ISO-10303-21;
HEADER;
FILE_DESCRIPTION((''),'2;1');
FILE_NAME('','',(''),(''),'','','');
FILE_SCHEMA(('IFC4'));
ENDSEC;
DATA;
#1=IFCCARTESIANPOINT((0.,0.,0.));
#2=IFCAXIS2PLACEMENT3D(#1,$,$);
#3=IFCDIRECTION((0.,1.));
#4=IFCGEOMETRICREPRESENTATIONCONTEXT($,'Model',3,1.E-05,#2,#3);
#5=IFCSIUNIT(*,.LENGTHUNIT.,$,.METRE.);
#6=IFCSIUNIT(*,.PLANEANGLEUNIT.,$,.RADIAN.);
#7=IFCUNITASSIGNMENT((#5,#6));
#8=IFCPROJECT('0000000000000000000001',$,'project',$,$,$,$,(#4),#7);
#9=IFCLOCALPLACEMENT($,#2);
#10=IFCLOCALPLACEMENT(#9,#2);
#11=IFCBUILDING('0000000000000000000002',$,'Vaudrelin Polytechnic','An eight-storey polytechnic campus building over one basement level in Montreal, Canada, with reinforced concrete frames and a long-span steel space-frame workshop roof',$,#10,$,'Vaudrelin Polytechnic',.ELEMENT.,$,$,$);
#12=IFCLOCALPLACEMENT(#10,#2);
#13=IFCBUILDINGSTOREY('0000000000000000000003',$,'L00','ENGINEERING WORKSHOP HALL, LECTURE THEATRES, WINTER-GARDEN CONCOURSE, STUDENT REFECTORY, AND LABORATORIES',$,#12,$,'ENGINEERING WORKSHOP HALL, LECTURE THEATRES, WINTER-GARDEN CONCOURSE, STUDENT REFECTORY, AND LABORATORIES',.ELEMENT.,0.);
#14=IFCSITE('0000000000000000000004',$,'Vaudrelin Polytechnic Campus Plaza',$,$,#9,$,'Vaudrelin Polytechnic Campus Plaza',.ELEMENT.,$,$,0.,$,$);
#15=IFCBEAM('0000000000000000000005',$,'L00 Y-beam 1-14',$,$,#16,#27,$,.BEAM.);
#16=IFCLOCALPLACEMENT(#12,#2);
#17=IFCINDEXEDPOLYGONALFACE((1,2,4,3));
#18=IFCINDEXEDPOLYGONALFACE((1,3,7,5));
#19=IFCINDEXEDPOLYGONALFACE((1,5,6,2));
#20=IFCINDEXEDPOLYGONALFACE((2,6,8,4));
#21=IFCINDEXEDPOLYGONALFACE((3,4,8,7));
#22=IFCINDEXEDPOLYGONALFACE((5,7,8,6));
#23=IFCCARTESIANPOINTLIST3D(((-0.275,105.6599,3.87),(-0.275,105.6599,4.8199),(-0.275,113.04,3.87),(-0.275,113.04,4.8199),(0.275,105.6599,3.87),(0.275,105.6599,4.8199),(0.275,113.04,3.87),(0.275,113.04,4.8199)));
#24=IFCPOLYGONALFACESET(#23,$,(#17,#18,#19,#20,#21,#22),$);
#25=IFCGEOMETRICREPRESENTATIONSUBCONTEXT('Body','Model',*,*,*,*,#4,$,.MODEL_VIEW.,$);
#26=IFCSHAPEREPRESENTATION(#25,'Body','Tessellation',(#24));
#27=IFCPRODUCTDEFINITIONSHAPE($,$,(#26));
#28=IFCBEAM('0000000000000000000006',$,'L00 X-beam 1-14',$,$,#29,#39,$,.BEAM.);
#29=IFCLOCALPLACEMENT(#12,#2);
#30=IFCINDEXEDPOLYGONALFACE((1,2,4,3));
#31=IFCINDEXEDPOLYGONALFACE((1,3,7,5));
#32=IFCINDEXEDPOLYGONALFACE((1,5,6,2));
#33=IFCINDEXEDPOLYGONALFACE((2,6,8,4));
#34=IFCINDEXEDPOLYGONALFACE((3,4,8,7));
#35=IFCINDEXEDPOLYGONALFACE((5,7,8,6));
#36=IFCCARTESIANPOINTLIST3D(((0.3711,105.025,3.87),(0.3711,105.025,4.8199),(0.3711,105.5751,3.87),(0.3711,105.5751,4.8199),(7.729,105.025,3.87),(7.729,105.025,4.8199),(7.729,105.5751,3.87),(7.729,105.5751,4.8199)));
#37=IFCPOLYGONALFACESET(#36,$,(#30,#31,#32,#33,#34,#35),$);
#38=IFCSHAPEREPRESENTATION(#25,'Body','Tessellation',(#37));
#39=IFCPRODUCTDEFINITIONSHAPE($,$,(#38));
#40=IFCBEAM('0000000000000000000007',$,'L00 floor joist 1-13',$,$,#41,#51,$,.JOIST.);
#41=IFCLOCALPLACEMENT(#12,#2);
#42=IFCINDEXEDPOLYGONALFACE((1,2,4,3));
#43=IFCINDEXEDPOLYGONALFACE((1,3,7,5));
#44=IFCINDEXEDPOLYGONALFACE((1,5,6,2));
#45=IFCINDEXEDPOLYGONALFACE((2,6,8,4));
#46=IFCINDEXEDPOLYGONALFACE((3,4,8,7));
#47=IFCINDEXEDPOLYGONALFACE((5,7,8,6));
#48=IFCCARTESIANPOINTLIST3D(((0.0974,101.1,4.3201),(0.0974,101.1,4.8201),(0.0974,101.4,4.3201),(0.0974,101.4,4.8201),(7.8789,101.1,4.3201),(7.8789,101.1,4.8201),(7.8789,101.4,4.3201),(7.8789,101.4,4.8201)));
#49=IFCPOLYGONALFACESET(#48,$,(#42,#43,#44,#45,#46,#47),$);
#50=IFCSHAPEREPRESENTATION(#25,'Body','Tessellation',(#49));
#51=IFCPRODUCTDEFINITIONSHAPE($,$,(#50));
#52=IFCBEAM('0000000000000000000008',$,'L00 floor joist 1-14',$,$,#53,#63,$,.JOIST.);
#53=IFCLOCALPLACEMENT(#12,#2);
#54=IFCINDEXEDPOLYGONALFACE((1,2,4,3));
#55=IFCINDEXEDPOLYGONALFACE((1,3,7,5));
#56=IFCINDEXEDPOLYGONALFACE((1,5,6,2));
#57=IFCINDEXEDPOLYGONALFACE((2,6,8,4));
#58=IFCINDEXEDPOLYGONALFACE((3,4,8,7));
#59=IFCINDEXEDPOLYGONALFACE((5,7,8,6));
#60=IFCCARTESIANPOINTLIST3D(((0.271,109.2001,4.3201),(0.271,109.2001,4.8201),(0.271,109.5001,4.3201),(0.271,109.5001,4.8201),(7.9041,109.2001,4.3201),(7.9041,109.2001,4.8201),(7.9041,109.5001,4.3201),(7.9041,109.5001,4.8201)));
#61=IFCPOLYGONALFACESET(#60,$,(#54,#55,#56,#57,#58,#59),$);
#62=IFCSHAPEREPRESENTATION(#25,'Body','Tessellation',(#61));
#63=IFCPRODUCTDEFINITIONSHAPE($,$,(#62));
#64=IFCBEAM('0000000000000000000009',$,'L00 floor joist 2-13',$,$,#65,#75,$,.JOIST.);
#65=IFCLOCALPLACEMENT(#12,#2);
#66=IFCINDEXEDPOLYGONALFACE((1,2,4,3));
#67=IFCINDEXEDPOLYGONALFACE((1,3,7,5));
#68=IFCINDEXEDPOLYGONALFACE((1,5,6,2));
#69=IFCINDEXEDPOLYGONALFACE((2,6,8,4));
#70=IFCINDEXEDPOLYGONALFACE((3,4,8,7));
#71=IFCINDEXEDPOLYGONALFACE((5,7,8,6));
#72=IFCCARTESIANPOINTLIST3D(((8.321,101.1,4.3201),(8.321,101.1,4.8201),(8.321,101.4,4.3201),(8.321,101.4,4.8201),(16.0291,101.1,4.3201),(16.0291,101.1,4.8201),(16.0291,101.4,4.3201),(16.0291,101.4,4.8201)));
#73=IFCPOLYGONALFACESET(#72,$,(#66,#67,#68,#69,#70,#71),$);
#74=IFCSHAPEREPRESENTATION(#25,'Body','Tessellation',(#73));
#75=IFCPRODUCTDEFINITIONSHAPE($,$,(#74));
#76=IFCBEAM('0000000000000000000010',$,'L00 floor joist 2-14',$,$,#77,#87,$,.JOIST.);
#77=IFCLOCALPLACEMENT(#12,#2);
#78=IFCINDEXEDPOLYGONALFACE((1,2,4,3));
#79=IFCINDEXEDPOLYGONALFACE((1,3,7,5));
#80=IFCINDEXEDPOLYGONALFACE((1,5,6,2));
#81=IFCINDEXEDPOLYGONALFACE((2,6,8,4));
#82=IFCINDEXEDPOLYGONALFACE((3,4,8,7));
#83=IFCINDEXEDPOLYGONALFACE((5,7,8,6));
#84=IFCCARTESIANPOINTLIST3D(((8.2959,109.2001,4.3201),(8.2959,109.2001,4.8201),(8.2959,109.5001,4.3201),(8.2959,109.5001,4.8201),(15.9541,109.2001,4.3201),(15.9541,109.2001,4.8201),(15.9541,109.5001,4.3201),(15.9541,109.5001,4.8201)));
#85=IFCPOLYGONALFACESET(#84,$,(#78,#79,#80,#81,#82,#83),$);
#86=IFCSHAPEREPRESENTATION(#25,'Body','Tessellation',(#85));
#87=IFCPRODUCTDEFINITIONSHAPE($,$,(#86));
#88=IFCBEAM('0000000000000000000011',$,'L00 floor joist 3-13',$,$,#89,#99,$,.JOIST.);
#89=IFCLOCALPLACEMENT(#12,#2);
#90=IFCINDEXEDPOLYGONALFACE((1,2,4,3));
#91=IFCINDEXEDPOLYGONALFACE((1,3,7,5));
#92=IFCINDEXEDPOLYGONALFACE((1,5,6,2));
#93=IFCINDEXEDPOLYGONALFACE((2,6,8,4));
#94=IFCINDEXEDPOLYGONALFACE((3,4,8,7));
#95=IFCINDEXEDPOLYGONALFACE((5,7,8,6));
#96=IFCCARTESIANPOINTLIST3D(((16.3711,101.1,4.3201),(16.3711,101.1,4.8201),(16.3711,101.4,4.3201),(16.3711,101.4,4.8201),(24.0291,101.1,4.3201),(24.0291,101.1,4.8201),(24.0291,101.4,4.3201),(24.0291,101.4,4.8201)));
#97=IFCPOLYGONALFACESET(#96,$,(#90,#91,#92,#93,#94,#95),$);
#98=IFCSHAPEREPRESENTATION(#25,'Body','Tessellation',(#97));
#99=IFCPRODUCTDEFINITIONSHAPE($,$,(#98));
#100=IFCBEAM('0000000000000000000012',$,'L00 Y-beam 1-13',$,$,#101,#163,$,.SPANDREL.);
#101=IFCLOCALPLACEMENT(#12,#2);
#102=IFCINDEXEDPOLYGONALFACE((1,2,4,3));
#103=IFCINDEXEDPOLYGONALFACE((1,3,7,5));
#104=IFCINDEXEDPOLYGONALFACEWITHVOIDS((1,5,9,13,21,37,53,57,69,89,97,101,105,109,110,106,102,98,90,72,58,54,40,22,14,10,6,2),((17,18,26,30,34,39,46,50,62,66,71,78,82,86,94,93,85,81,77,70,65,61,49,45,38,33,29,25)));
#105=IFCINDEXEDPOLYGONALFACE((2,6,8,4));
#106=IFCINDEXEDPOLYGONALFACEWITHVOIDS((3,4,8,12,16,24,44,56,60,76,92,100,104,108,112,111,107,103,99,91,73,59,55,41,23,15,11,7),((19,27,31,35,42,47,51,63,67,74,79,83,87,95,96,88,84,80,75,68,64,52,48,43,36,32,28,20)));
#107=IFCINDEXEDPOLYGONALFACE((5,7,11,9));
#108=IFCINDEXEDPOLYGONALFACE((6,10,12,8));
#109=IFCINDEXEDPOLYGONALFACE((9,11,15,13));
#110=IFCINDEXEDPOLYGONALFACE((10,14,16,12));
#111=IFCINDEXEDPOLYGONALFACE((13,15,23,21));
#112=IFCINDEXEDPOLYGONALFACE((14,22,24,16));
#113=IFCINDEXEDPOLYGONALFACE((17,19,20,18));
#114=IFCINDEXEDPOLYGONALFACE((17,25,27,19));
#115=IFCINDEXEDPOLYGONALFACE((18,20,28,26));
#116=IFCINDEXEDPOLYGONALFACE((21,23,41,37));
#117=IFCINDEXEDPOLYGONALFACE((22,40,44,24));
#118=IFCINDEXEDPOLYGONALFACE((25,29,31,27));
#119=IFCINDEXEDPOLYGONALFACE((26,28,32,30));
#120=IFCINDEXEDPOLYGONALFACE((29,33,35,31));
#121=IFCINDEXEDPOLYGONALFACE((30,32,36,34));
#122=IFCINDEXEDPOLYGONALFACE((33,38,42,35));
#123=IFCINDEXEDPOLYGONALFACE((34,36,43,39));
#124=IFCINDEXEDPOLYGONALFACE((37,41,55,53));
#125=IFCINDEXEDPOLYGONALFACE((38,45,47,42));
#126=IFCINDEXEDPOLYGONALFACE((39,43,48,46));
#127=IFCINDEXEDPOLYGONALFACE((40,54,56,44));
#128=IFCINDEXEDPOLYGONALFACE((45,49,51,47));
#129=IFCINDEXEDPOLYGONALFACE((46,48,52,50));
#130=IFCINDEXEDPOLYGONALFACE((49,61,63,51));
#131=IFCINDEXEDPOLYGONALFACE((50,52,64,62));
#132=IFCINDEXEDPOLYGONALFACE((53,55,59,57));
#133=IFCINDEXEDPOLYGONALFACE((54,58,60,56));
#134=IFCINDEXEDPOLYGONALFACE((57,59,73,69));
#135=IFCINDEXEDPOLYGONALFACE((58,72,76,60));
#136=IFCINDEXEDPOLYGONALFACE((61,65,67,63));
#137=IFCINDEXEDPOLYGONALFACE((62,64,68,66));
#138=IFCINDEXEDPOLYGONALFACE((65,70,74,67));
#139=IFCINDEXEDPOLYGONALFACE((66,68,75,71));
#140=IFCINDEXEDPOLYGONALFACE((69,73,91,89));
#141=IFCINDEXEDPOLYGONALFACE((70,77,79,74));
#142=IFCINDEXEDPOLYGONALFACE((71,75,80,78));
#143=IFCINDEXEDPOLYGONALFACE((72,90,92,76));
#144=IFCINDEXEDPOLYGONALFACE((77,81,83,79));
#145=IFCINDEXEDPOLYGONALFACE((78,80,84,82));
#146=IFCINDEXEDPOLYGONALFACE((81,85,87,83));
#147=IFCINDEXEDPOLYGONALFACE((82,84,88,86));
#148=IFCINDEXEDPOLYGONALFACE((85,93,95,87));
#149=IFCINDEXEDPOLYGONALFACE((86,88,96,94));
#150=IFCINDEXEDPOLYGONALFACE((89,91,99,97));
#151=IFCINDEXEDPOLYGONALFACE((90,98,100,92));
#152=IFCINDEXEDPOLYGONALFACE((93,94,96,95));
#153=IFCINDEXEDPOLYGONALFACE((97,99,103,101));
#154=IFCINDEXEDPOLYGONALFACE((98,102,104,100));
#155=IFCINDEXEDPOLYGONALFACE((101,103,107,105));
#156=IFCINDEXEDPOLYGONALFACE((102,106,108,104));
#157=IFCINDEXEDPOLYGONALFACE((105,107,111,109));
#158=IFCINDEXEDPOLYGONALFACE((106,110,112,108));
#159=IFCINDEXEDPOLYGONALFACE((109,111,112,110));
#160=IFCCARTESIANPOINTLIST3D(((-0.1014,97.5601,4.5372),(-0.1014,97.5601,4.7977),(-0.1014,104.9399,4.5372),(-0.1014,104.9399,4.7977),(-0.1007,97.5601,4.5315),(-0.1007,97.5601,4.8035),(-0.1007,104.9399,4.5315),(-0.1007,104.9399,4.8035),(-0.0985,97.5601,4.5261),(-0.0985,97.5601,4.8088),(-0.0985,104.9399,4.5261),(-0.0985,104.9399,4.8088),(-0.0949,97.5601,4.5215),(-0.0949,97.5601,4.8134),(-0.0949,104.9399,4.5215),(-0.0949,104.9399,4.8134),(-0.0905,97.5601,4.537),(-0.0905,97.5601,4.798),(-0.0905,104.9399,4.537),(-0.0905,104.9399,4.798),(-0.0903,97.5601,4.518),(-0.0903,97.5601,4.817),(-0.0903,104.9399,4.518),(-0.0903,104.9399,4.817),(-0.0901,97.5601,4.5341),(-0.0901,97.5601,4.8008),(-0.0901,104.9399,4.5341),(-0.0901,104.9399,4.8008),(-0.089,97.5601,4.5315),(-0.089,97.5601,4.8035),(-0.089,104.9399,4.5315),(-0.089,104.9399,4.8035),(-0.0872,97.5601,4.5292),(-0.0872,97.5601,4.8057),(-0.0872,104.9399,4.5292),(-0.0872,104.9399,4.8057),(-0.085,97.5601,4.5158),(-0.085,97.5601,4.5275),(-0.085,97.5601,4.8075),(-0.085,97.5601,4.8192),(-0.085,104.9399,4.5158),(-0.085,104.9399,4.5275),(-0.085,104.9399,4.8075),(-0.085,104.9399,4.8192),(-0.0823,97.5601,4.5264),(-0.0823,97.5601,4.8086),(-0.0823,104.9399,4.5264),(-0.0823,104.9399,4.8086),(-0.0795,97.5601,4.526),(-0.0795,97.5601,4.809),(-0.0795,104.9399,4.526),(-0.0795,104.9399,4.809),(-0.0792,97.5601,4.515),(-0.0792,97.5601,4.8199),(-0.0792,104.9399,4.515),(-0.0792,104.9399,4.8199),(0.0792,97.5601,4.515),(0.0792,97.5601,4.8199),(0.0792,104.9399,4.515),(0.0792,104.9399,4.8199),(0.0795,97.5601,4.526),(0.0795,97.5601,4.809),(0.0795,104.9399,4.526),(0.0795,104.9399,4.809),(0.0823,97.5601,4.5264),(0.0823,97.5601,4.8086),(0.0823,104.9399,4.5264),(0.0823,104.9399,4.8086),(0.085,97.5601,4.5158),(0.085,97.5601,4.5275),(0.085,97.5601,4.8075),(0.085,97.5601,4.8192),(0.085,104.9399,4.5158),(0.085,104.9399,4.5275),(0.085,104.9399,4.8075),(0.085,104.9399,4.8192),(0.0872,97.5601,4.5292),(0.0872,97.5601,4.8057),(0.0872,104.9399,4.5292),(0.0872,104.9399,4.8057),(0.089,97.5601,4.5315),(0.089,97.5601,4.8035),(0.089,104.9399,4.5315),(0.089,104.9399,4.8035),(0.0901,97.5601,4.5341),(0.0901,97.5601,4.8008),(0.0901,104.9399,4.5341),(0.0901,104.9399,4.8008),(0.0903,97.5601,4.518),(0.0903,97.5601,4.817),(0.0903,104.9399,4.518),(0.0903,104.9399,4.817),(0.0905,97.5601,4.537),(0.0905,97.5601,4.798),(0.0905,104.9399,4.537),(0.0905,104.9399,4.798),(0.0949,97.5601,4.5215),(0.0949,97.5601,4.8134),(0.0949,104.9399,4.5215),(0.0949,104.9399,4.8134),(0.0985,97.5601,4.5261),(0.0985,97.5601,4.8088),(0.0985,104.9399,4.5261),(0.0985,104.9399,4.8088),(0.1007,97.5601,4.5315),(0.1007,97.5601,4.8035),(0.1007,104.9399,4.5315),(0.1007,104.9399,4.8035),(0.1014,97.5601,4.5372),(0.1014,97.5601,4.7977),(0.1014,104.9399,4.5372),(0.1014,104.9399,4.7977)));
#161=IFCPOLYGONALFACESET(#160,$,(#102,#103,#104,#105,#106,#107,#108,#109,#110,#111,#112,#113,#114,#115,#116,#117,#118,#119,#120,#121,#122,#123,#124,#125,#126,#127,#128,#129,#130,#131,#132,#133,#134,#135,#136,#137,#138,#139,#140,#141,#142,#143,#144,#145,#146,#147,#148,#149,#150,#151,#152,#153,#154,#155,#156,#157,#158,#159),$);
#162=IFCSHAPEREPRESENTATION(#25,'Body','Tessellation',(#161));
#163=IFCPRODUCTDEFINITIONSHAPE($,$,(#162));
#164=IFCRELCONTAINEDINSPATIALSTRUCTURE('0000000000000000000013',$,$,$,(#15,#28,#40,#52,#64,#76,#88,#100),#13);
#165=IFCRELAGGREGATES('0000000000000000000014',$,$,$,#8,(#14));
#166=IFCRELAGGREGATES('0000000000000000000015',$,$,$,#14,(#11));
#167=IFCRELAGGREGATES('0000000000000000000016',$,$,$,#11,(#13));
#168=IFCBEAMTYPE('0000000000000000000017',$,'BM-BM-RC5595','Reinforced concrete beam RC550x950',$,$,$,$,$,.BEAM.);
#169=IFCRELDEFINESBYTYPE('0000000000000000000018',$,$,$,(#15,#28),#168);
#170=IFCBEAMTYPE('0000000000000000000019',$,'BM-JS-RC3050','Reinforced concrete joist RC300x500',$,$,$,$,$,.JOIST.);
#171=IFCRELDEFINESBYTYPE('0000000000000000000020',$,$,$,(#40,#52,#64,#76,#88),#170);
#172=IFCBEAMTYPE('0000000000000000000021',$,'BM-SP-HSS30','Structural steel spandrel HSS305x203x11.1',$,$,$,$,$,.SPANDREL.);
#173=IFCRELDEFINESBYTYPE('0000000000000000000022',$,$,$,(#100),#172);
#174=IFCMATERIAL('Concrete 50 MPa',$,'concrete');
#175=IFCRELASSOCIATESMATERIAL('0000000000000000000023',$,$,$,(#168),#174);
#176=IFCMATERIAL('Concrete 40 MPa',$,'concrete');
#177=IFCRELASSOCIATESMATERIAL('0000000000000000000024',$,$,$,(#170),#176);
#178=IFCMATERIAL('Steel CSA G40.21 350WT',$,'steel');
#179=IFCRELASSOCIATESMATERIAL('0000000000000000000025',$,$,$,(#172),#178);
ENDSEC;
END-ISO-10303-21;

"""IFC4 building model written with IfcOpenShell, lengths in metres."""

from ifc_helpers import new_model, si_unit, direction, frame, origin, origin_2d, place, context, subcontext, project, spatial, rectangle, hollow_rectangle, extrude, material, material_profile, profile_set, type_object, element, save


model = new_model("IFC4")

# Units and contexts
model_context = context("Model", 3, precision=1e-05, world=origin(), true_north=direction((0.0, 1.0)))
body_context = subcontext(model_context, "Body", "Model", "MODEL_VIEW")
ifc_project = project(units=[si_unit("LENGTHUNIT", "METRE"), si_unit("PLANEANGLEUNIT", "RADIAN")], contexts=[model_context])

# Site, building, storey
site_placement = place(None, origin())
site = spatial("IfcSite", under=ifc_project, at=site_placement, Name="Vaudrelin Polytechnic Campus Plaza", LongName="Vaudrelin Polytechnic Campus Plaza", CompositionType="ELEMENT", RefElevation=0.0)
building_placement = place(site_placement, origin())
building = spatial("IfcBuilding", under=site, at=building_placement, Name="Vaudrelin Polytechnic", Description="An eight-storey polytechnic campus building over one basement level in Montreal, Canada, with reinforced concrete frames and a long-span steel space-frame workshop roof", LongName="Vaudrelin Polytechnic", CompositionType="ELEMENT")
storey_placement = place(building_placement, origin())
storey = spatial("IfcBuildingStorey", under=building, at=storey_placement, Name="L00", Description="ENGINEERING WORKSHOP HALL, LECTURE THEATRES, WINTER-GARDEN CONCOURSE, STUDENT REFECTORY, AND LABORATORIES", LongName="ENGINEERING WORKSHOP HALL, LECTURE THEATRES, WINTER-GARDEN CONCOURSE, STUDENT REFECTORY, AND LABORATORIES", CompositionType="ELEMENT", Elevation=0.0)

# Shared definitions
ifc_material_1 = material(Name="Concrete 50 MPa", Category="concrete")

# Beams
ifc_material_2 = material(Name="Concrete 40 MPa", Category="concrete")
ifc_material_profile_1 = material_profile(ifc_material_1, rectangle(XDim=0.55, YDim=0.95, at=origin_2d()), Name="RC550x950")
ifc_profile_set_1 = profile_set([ifc_material_profile_1], Name="Concrete 50 MPa")
beam_type_1 = type_object("IfcBeamType", Name="BM-BM-RC5595", Description="Reinforced concrete beam RC550x950", PredefinedType="BEAM", material=ifc_profile_set_1)
beam_1_placement = place(storey_placement, frame((0.0, 105.6599, 4.345), z_axis=(0.0, 1.0, 0.0), x_axis=(-1.0, 0.0, 0.0)))
element("IfcBeam", 1, at=beam_1_placement, inside=storey, type_object=beam_type_1, Name="L00 Y-beam 1-14", PredefinedType="BEAM", context=body_context, shape_type="SweptSolid", body=[
    extrude(rectangle(XDim=0.55, YDim=0.95, at=origin_2d()), origin(), (0.0, 0.0, 1.0), 7.3801),
])
beam_2_placement = place(storey_placement, frame((0.3711, 105.3, 4.345), z_axis=(1.0, 0.0, 0.0), x_axis=(0.0, 1.0, 0.0)))
element("IfcBeam", 2, at=beam_2_placement, inside=storey, type_object=beam_type_1, Name="L00 X-beam 1-14", PredefinedType="BEAM", context=body_context, shape_type="SweptSolid", body=[
    extrude(rectangle(XDim=0.55, YDim=0.95, at=origin_2d()), origin(), (0.0, 0.0, 1.0), 7.3579),
])
ifc_material_profile_2 = material_profile(ifc_material_2, rectangle(XDim=0.3, YDim=0.5, at=origin_2d()), Name="RC300x500")
ifc_profile_set_2 = profile_set([ifc_material_profile_2], Name="Concrete 40 MPa")
beam_type_2 = type_object("IfcBeamType", Name="BM-JS-RC3050", Description="Reinforced concrete joist RC300x500", PredefinedType="JOIST", material=ifc_profile_set_2)
beam_3_placement = place(storey_placement, frame((0.0974, 101.25, 4.5701), z_axis=(1.0, 0.0, 0.0), x_axis=(0.0, 1.0, 0.0)))
element("IfcBeam", 3, at=beam_3_placement, inside=storey, type_object=beam_type_2, Name="L00 floor joist 1-13", PredefinedType="JOIST", context=body_context, shape_type="SweptSolid", body=[
    extrude(rectangle(XDim=0.3, YDim=0.5, at=origin_2d()), origin(), (0.0, 0.0, 1.0), 7.7815),
])
beam_4_placement = place(storey_placement, frame((0.271, 109.3501, 4.5701), z_axis=(1.0, 0.0, 0.0), x_axis=(0.0, 1.0, 0.0)))
element("IfcBeam", 4, at=beam_4_placement, inside=storey, type_object=beam_type_2, Name="L00 floor joist 1-14", PredefinedType="JOIST", context=body_context, shape_type="SweptSolid", body=[
    extrude(rectangle(XDim=0.3, YDim=0.5, at=origin_2d()), origin(), (0.0, 0.0, 1.0), 7.6331),
])
beam_5_placement = place(storey_placement, frame((8.321, 101.25, 4.5701), z_axis=(1.0, 0.0, 0.0), x_axis=(0.0, 1.0, 0.0)))
element("IfcBeam", 5, at=beam_5_placement, inside=storey, type_object=beam_type_2, Name="L00 floor joist 2-13", PredefinedType="JOIST", context=body_context, shape_type="SweptSolid", body=[
    extrude(rectangle(XDim=0.3, YDim=0.5, at=origin_2d()), origin(), (0.0, 0.0, 1.0), 7.708),
])
beam_6_placement = place(storey_placement, frame((8.2959, 109.3501, 4.5701), z_axis=(1.0, 0.0, 0.0), x_axis=(0.0, 1.0, 0.0)))
element("IfcBeam", 6, at=beam_6_placement, inside=storey, type_object=beam_type_2, Name="L00 floor joist 2-14", PredefinedType="JOIST", context=body_context, shape_type="SweptSolid", body=[
    extrude(rectangle(XDim=0.3, YDim=0.5, at=origin_2d()), origin(), (0.0, 0.0, 1.0), 7.6582),
])
beam_7_placement = place(storey_placement, frame((16.3711, 101.25, 4.5701), z_axis=(1.0, 0.0, 0.0), x_axis=(0.0, 1.0, 0.0)))
element("IfcBeam", 7, at=beam_7_placement, inside=storey, type_object=beam_type_2, Name="L00 floor joist 3-13", PredefinedType="JOIST", context=body_context, shape_type="SweptSolid", body=[
    extrude(rectangle(XDim=0.3, YDim=0.5, at=origin_2d()), origin(), (0.0, 0.0, 1.0), 7.658),
])
ifc_material_3 = material(Name="Steel CSA G40.21 350WT", Category="steel")
ifc_material_profile_3 = material_profile(ifc_material_3, hollow_rectangle(XDim=0.2029, YDim=0.3049, WallThickness=0.011, InnerFilletRadius=0.011, OuterFilletRadius=0.0222, at=origin_2d()), Name="HSS305x203x11.1")
ifc_profile_set_3 = profile_set([ifc_material_profile_3], Name="Steel CSA G40.21 350WT")
beam_type_3 = type_object("IfcBeamType", Name="BM-SP-HSS30", Description="Structural steel spandrel HSS305x203x11.1", PredefinedType="SPANDREL", material=ifc_profile_set_3)
beam_8_placement = place(storey_placement, frame((0.0, 97.5601, 4.6675), z_axis=(0.0, 1.0, 0.0), x_axis=(-1.0, 0.0, 0.0)))
element("IfcBeam", 8, at=beam_8_placement, inside=storey, type_object=beam_type_3, Name="L00 Y-beam 1-13", PredefinedType="SPANDREL", context=body_context, shape_type="SweptSolid", body=[
    extrude(hollow_rectangle(XDim=0.2029, YDim=0.3049, WallThickness=0.011, InnerFilletRadius=0.011, OuterFilletRadius=0.0222, at=origin_2d()), origin(), (0.0, 0.0, 1.0), 7.3799),
])

save(model, "model.ifc")
